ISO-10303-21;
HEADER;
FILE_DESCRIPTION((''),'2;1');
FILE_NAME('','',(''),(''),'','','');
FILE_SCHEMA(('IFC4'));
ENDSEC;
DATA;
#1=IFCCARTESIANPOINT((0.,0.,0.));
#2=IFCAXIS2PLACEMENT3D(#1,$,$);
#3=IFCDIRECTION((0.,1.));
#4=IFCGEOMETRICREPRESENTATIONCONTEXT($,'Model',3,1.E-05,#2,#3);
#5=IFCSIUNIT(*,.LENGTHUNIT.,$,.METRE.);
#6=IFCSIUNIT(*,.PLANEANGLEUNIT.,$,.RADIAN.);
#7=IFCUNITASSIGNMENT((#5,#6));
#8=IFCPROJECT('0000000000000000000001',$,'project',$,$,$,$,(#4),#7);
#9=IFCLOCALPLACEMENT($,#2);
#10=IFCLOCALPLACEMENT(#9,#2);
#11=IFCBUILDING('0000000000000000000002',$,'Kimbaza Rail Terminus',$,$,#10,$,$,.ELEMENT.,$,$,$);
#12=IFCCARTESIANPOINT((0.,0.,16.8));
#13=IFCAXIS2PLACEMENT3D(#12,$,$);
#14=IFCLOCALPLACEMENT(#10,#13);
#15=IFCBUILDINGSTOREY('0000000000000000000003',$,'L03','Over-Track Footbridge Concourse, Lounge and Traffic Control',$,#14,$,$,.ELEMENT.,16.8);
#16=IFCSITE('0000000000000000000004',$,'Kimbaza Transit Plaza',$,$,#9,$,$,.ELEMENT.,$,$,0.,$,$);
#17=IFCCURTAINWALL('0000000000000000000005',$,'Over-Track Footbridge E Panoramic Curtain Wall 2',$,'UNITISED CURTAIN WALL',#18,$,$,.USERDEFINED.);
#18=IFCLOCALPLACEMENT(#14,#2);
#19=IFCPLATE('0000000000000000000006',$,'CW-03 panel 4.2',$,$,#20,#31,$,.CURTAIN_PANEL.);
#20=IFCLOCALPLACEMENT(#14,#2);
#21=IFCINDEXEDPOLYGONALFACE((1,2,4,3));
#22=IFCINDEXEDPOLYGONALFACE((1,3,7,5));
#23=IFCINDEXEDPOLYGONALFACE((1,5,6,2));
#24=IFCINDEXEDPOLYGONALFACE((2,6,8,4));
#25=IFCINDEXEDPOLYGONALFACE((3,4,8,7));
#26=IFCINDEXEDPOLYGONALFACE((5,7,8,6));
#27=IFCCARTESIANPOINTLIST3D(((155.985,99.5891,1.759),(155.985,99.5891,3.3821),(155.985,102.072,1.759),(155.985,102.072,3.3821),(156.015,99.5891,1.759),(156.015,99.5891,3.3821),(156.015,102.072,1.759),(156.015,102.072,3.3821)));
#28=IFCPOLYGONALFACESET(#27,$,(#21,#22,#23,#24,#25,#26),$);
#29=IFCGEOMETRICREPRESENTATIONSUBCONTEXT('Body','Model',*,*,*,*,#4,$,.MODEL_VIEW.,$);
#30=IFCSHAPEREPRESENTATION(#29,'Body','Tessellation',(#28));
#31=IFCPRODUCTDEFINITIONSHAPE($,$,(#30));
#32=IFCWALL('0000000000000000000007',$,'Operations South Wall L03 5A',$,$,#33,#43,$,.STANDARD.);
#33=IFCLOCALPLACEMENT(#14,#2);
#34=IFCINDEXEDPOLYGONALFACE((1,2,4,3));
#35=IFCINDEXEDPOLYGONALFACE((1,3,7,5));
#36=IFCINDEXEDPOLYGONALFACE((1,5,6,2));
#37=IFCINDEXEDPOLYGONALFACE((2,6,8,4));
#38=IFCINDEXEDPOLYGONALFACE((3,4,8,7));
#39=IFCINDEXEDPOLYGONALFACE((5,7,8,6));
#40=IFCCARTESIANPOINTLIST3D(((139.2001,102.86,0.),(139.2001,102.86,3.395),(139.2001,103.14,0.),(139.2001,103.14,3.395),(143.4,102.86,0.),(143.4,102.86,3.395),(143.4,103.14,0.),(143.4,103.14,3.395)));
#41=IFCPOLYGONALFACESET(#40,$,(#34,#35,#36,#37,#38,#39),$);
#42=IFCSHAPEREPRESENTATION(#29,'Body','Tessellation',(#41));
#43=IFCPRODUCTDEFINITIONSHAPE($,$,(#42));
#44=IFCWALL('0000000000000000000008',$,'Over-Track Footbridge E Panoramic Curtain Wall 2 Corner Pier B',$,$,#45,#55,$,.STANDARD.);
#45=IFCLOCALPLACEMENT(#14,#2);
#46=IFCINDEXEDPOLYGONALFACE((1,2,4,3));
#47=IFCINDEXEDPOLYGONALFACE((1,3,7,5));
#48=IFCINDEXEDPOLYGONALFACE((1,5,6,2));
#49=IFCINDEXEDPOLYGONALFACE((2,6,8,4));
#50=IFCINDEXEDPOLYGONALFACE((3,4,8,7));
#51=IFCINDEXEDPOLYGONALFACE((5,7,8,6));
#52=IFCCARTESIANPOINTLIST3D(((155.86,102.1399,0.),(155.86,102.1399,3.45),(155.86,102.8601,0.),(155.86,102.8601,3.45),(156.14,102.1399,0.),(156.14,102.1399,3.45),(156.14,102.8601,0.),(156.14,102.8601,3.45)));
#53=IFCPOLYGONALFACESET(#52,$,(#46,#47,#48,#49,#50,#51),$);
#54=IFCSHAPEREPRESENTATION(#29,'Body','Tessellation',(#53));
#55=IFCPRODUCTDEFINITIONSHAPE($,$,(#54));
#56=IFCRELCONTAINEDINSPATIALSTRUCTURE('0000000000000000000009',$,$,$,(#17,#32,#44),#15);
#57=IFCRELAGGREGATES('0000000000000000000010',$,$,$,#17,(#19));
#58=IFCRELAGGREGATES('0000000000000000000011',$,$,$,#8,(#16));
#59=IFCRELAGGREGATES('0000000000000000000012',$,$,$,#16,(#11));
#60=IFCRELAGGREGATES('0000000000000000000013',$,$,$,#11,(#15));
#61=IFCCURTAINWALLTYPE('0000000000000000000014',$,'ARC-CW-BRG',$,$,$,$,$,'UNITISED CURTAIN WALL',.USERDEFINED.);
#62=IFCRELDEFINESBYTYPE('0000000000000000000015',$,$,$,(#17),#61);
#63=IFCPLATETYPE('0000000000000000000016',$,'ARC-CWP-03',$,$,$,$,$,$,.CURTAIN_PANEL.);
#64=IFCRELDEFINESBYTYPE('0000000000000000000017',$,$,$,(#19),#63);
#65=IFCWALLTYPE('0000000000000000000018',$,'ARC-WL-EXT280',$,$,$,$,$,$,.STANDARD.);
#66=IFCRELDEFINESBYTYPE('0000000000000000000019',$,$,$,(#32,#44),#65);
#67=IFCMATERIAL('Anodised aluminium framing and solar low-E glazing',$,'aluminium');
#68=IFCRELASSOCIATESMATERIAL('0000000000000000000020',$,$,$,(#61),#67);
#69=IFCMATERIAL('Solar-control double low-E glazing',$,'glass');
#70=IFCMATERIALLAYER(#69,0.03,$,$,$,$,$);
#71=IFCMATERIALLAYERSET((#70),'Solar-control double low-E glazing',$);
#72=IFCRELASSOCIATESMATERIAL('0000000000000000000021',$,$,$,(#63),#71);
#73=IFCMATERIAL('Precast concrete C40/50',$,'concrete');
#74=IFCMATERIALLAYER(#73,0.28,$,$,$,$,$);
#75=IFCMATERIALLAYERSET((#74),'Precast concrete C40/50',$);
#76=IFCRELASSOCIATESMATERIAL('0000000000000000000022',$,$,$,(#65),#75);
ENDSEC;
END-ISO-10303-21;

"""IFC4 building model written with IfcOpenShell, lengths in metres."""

from ifc_helpers import new_model, si_unit, direction, frame, frame_2d, origin, origin_2d, place, context, subcontext, project, spatial, rectangle, extrude, material, layer, layer_set, type_object, element, aggregate, save


model = new_model("IFC4")

# Units and contexts
model_context = context("Model", 3, precision=1e-05, world=origin(), true_north=direction((0.0, 1.0)))
body_context = subcontext(model_context, "Body", "Model", "MODEL_VIEW")
ifc_project = project(units=[si_unit("LENGTHUNIT", "METRE"), si_unit("PLANEANGLEUNIT", "RADIAN")], contexts=[model_context])

# Site, building, storey
site_placement = place(None, origin())
site = spatial("IfcSite", under=ifc_project, at=site_placement, Name="Kimbaza Transit Plaza", CompositionType="ELEMENT", RefElevation=0.0)
building_placement = place(site_placement, origin())
building = spatial("IfcBuilding", under=site, at=building_placement, Name="Kimbaza Rail Terminus", CompositionType="ELEMENT")
storey_placement = place(building_placement, frame((0.0, 0.0, 16.8)))
storey = spatial("IfcBuildingStorey", under=building, at=storey_placement, Name="L03", Description="Over-Track Footbridge Concourse, Lounge and Traffic Control", CompositionType="ELEMENT", Elevation=16.8)

# Curtain wall
ifc_material_1 = material(Name="Anodised aluminium framing and solar low-E glazing", Category="aluminium")
curtain_wall_type = type_object("IfcCurtainWallType", Name="ARC-CW-BRG", ElementType="UNITISED CURTAIN WALL", PredefinedType="USERDEFINED", material=ifc_material_1)
curtain_wall_placement = place(storey_placement, origin())
curtain_wall = element("IfcCurtainWall", 1, at=curtain_wall_placement, inside=storey, type_object=curtain_wall_type, Name="Over-Track Footbridge E Panoramic Curtain Wall 2", ObjectType="UNITISED CURTAIN WALL", PredefinedType="USERDEFINED")

# Plate
ifc_material_2 = material(Name="Solar-control double low-E glazing", Category="glass")
ifc_layer_1 = layer(ifc_material_2, 0.03)
ifc_layer_set_1 = layer_set([ifc_layer_1], Name="Solar-control double low-E glazing")
plate_type = type_object("IfcPlateType", Name="ARC-CWP-03", PredefinedType="CURTAIN_PANEL", material=ifc_layer_set_1)
plate_1_placement = place(storey_placement, frame((156.0, 100.8306, 1.759), z_axis=(0.0, 0.0, 1.0), x_axis=(0.0, 1.0, 0.0)))
plate_1 = element("IfcPlate", 2, at=plate_1_placement, type_object=plate_type, Name="CW-03 panel 4.2", PredefinedType="CURTAIN_PANEL", context=body_context, shape_type="SweptSolid", body=[
    extrude(rectangle(XDim=2.4829, YDim=0.03, at=origin_2d()), origin(), (0.0, 0.0, 1.0), 1.623),
])
aggregate(curtain_wall, [plate_1])

# Walls
ifc_material_3 = material(Name="Precast concrete C40/50", Category="concrete")
ifc_layer_2 = layer(ifc_material_3, 0.28)
ifc_layer_set_2 = layer_set([ifc_layer_2], Name="Precast concrete C40/50")
wall_type = type_object("IfcWallType", Name="ARC-WL-EXT280", PredefinedType="STANDARD", material=ifc_layer_set_2)
wall_1_placement = place(storey_placement, frame((139.2, 103.0, 0.0), z_axis=(0.0, 0.0, 1.0), x_axis=(1.0, 0.0, 0.0)))
element("IfcWall", 3, at=wall_1_placement, inside=storey, type_object=wall_type, Name="Operations South Wall L03 5A", PredefinedType="STANDARD", context=body_context, shape_type="SweptSolid", body=[
    extrude(rectangle(XDim=4.2, YDim=0.28, at=frame_2d((2.1001, 0.0))), origin(), (0.0, 0.0, 1.0), 3.395),
])
wall_2_placement = place(storey_placement, frame((156.0, 102.1399, 0.0), z_axis=(0.0, 0.0, 1.0), x_axis=(0.0, 1.0, 0.0)))
element("IfcWall", 4, at=wall_2_placement, inside=storey, type_object=wall_type, Name="Over-Track Footbridge E Panoramic Curtain Wall 2 Corner Pier B", PredefinedType="STANDARD", context=body_context, shape_type="SweptSolid", body=[
    extrude(rectangle(XDim=0.7202, YDim=0.28, at=frame_2d((0.3601, 0.0))), origin(), (0.0, 0.0, 1.0), 3.45),
])

save(model, "model.ifc")
